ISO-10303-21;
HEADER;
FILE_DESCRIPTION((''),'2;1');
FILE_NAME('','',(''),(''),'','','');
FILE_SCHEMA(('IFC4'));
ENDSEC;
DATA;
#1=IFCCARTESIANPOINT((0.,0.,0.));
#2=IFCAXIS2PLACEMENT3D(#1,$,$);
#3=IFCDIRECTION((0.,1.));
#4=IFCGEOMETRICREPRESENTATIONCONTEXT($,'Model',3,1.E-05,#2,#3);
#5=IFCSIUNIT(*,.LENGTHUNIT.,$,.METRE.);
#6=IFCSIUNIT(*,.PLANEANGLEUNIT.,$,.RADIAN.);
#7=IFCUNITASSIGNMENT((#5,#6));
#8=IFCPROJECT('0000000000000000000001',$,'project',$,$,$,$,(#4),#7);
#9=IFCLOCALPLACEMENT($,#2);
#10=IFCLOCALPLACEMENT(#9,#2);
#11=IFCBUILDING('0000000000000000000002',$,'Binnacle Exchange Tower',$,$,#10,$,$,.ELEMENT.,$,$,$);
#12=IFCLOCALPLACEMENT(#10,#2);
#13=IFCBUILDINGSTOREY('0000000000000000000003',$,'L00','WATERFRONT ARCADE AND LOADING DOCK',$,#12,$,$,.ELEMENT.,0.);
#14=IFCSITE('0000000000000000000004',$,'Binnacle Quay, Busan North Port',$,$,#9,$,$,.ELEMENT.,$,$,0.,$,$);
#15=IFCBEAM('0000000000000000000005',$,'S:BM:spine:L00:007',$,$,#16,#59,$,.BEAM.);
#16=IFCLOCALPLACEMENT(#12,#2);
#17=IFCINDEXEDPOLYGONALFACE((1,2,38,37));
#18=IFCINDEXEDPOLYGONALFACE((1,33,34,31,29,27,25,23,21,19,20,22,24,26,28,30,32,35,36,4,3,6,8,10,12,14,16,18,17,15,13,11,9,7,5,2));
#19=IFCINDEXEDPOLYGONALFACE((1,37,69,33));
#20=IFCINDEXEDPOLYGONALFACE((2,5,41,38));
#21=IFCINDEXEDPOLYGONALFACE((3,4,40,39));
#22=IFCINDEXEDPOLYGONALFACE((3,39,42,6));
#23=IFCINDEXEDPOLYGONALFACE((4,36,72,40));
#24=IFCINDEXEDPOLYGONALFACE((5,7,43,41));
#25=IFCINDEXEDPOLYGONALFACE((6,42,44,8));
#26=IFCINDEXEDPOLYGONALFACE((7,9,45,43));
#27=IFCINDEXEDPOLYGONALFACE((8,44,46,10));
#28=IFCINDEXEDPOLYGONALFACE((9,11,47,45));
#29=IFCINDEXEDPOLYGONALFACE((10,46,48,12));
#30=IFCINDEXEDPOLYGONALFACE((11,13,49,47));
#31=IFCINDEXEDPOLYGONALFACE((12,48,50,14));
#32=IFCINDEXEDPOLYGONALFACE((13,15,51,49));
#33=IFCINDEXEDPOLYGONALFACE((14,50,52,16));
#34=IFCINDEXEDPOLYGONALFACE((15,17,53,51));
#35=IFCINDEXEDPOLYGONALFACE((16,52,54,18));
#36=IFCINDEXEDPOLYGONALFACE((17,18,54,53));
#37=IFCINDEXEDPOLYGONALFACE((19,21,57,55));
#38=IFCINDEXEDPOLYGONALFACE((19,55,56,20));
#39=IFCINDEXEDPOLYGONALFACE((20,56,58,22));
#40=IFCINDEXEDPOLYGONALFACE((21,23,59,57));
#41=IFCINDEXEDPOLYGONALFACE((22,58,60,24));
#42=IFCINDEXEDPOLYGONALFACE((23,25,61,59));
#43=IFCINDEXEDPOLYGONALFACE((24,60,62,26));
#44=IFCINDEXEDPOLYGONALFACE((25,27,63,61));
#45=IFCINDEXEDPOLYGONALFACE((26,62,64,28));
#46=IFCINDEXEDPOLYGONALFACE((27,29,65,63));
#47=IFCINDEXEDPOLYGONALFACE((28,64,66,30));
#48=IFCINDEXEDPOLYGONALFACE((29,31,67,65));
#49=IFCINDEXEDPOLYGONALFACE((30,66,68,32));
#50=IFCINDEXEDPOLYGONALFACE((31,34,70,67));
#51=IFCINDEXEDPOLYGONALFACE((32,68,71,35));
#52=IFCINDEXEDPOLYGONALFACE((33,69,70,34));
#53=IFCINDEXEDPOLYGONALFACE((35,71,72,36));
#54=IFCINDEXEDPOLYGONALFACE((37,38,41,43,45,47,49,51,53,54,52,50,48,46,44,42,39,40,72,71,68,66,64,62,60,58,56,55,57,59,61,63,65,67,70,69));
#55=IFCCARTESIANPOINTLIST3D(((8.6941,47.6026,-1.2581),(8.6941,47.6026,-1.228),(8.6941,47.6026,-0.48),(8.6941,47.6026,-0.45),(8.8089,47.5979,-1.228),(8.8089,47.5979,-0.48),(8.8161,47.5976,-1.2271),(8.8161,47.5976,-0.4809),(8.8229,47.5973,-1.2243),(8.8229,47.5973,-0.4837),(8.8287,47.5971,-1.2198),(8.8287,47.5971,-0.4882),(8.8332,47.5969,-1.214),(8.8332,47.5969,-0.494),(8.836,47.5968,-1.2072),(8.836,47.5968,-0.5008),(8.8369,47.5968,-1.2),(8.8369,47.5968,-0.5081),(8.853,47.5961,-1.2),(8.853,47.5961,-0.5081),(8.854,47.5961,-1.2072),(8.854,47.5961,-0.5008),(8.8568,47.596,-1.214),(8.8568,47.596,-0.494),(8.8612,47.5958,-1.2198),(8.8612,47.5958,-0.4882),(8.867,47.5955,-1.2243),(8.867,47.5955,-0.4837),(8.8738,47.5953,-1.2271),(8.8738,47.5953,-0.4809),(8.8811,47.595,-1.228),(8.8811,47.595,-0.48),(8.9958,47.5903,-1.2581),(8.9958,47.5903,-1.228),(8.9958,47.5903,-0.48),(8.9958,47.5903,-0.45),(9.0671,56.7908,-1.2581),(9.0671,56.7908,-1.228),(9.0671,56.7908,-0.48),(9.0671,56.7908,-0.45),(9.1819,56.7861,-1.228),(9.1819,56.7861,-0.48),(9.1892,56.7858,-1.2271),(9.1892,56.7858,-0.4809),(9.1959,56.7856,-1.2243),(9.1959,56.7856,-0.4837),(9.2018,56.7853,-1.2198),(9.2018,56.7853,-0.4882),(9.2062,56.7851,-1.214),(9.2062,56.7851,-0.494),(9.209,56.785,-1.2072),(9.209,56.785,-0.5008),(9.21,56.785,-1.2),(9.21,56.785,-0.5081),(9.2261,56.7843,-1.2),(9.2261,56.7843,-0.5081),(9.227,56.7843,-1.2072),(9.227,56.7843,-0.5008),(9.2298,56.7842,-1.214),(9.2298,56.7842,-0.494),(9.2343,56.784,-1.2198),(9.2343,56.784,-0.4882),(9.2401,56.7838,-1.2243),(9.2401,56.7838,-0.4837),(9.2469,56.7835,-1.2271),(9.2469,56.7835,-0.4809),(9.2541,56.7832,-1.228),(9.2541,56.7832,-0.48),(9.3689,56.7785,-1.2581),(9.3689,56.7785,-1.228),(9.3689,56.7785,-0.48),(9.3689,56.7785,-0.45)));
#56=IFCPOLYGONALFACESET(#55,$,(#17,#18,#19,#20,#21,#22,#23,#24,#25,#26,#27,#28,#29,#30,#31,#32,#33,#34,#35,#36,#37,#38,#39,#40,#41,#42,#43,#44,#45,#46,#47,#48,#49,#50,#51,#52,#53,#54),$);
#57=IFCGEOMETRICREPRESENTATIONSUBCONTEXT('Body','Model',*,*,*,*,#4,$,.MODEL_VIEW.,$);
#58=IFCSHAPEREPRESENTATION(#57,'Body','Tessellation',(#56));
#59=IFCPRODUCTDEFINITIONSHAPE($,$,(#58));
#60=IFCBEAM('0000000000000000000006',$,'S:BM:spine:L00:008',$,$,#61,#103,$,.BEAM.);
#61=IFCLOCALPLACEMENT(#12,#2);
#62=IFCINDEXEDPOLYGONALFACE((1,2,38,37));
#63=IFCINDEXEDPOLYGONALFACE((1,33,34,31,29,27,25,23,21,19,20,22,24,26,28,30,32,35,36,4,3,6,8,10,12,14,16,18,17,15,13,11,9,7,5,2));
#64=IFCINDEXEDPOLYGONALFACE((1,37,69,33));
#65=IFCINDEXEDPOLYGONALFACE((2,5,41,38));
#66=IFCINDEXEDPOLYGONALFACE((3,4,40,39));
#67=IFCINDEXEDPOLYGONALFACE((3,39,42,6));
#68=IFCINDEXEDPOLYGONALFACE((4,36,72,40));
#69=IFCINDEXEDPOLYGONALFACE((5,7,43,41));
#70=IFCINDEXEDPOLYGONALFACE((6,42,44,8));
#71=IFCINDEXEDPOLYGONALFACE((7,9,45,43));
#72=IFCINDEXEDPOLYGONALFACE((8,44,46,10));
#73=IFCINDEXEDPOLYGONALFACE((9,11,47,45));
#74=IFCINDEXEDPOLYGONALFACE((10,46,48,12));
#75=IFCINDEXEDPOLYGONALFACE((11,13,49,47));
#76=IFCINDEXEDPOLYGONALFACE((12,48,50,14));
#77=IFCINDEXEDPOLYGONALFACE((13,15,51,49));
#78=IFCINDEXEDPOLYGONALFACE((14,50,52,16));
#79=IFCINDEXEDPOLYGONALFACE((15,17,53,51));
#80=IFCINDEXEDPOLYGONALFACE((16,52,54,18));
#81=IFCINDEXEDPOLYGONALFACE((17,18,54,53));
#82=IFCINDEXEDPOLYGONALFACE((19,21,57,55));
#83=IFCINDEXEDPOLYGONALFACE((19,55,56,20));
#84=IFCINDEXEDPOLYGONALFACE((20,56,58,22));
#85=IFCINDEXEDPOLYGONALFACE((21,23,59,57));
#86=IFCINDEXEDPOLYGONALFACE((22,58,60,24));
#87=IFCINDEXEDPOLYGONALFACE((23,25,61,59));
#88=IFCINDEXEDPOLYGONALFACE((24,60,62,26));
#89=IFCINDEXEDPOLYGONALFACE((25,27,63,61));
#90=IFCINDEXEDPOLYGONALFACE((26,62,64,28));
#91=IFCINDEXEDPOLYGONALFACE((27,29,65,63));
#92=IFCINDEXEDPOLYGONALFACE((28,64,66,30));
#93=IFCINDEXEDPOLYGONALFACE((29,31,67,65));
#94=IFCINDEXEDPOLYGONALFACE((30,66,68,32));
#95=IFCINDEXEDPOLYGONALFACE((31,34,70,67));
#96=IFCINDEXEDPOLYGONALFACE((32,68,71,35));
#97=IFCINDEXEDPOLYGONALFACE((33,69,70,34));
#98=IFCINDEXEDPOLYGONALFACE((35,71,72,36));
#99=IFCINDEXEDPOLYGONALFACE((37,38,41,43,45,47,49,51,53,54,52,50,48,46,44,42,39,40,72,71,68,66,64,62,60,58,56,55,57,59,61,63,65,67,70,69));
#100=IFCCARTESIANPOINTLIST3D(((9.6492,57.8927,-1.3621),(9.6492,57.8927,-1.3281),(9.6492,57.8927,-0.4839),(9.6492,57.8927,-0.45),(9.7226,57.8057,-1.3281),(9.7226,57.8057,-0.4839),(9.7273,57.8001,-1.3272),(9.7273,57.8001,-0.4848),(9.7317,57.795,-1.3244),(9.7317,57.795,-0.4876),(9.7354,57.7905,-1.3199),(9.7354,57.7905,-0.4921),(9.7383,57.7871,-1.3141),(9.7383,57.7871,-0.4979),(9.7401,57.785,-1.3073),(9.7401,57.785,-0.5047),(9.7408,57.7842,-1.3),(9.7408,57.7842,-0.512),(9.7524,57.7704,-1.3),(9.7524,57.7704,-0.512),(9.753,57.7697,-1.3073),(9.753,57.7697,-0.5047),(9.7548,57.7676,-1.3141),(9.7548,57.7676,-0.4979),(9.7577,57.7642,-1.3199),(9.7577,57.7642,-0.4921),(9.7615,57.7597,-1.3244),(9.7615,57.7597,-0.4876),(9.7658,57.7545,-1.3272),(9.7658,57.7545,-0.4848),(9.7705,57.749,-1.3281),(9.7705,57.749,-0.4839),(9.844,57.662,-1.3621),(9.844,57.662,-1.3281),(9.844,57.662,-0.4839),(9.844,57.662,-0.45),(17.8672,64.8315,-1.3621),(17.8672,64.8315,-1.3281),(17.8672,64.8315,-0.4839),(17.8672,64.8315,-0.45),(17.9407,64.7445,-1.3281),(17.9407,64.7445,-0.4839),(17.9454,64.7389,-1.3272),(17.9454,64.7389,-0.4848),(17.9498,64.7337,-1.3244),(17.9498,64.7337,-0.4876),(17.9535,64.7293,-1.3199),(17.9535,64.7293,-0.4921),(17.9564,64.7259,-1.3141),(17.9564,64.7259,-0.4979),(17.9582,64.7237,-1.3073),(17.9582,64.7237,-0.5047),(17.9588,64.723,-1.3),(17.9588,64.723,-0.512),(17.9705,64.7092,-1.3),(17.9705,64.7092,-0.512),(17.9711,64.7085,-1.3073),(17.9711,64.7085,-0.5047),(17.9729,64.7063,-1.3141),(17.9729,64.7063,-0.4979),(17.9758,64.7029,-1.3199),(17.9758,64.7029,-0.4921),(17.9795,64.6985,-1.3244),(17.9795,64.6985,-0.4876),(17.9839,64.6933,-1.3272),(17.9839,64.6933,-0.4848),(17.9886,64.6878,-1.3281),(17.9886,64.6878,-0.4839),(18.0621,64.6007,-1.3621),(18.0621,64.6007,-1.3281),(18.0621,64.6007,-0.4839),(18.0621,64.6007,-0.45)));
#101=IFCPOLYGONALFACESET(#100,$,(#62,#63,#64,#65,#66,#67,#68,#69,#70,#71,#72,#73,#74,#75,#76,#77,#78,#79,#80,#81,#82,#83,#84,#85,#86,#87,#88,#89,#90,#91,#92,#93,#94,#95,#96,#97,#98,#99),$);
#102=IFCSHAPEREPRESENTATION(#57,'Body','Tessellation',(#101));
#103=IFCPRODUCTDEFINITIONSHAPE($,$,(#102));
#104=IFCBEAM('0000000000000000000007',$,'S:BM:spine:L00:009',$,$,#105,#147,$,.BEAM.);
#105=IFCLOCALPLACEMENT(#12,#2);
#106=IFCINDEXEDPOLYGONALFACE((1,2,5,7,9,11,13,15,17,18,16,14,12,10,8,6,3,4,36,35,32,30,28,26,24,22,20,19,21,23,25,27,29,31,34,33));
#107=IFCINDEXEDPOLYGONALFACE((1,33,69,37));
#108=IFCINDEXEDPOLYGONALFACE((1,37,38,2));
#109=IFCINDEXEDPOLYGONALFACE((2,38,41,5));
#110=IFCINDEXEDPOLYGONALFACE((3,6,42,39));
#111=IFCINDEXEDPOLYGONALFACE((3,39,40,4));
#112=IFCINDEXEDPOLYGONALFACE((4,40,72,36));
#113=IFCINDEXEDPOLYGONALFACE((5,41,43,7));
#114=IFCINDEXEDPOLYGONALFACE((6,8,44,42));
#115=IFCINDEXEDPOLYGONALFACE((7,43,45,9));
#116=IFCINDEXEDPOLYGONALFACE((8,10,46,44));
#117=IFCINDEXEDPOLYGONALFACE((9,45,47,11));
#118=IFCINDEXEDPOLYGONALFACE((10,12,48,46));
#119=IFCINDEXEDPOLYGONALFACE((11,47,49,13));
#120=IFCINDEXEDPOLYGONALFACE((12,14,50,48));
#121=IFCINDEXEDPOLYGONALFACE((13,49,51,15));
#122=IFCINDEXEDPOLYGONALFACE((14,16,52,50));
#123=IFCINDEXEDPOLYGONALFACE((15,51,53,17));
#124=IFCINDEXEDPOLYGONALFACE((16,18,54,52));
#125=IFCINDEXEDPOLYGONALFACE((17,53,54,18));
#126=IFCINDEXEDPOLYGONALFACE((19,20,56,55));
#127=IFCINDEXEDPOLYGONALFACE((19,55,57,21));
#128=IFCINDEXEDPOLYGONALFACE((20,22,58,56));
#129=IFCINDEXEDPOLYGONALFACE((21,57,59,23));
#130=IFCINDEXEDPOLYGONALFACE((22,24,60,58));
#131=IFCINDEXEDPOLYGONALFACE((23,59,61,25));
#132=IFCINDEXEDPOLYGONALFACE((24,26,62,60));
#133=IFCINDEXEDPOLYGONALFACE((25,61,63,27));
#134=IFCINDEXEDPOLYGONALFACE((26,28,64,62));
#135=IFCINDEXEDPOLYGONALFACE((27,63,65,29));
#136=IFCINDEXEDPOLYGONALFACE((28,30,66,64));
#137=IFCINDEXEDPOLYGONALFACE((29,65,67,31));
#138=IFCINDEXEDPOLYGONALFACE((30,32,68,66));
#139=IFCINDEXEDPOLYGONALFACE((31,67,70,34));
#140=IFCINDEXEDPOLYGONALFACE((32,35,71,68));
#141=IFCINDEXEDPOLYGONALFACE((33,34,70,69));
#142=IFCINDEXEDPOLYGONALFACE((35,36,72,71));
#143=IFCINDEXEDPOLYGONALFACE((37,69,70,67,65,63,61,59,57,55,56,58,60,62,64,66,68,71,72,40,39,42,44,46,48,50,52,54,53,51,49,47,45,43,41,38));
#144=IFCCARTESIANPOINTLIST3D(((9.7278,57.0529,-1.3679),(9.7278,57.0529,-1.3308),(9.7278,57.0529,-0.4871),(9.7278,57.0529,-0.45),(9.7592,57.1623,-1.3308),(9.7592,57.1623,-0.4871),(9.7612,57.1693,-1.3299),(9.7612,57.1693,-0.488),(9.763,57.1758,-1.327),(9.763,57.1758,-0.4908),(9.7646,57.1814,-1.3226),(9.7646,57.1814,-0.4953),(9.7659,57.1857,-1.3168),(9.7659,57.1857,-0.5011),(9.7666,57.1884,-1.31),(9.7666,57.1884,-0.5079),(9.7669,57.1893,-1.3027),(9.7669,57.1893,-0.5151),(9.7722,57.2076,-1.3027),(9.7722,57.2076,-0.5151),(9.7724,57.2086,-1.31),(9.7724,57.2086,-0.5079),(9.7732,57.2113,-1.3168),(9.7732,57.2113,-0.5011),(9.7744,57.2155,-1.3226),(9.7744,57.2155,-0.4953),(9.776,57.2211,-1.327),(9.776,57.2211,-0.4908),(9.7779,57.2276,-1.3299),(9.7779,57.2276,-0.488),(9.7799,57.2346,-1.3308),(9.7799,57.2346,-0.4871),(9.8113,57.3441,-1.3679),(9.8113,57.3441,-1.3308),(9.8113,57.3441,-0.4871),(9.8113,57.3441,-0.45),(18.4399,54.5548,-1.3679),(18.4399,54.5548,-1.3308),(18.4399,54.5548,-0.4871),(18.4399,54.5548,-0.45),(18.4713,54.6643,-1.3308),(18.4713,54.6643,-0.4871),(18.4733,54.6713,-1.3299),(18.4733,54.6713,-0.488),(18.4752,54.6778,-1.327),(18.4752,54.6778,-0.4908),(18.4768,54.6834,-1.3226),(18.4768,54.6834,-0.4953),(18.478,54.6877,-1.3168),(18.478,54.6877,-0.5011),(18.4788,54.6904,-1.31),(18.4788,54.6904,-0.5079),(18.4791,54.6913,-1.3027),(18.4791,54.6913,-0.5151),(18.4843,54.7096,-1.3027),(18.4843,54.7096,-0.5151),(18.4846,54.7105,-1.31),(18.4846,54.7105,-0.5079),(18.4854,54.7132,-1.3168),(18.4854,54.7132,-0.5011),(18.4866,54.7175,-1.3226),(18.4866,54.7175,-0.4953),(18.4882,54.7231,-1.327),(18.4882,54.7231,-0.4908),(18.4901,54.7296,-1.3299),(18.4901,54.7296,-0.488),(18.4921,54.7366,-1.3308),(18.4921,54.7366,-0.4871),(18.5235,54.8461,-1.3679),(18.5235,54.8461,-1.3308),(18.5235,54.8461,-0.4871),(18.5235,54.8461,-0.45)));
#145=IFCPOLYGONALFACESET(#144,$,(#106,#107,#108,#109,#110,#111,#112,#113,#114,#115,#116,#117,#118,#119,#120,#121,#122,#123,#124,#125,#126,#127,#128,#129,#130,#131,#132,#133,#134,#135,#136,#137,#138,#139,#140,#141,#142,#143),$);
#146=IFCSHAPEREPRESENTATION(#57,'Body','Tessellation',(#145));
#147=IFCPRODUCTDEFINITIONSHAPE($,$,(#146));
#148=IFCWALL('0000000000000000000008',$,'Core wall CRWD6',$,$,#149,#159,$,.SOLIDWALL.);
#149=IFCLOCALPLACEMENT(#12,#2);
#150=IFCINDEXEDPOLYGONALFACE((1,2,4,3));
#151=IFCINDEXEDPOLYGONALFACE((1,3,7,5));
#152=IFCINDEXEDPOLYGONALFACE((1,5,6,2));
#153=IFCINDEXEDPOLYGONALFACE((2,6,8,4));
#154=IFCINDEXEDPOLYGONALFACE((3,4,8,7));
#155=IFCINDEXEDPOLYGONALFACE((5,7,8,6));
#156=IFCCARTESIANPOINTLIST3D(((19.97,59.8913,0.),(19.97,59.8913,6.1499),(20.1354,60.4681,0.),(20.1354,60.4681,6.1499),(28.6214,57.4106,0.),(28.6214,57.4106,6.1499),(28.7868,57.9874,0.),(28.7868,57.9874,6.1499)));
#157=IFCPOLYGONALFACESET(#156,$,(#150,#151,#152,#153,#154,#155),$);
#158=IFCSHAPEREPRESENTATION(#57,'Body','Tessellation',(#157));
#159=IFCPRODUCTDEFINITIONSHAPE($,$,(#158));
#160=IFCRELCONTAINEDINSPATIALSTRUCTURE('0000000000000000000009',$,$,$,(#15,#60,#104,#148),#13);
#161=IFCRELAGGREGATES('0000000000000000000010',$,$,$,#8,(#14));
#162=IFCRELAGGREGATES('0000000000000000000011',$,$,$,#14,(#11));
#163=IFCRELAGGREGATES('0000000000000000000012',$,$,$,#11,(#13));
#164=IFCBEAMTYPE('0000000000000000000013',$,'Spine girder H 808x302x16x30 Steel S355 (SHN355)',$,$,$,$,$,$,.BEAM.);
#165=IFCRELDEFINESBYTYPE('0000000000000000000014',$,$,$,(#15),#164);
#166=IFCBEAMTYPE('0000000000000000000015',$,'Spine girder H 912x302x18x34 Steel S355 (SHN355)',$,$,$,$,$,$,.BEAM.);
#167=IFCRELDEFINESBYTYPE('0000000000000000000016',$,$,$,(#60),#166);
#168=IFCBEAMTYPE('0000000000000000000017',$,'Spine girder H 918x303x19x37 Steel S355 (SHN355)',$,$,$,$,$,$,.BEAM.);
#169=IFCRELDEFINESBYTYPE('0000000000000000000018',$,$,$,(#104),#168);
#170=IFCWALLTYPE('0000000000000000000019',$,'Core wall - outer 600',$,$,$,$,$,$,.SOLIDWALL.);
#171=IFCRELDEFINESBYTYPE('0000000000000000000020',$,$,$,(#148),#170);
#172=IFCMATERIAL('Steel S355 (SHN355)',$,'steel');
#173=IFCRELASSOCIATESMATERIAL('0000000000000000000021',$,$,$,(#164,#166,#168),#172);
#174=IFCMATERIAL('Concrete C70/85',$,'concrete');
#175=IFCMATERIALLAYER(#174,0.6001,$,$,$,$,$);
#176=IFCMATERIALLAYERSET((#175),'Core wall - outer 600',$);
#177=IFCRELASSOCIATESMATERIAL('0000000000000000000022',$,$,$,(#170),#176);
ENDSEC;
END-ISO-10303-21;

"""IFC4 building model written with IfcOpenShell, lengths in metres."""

from ifc_helpers import new_model, si_unit, direction, frame, frame_2d, origin, origin_2d, place, context, subcontext, project, spatial, rectangle, i_section, extrude, material, layer, layer_set, material_profile, profile_set, type_object, element, save


model = new_model("IFC4")

# Units and contexts
model_context = context("Model", 3, precision=1e-05, world=origin(), true_north=direction((0.0, 1.0)))
body_context = subcontext(model_context, "Body", "Model", "MODEL_VIEW")
ifc_project = project(units=[si_unit("LENGTHUNIT", "METRE"), si_unit("PLANEANGLEUNIT", "RADIAN")], contexts=[model_context])

# Site, building, storey
site_placement = place(None, origin())
site = spatial("IfcSite", under=ifc_project, at=site_placement, Name="Binnacle Quay, Busan North Port", CompositionType="ELEMENT", RefElevation=0.0)
building_placement = place(site_placement, origin())
building = spatial("IfcBuilding", under=site, at=building_placement, Name="Binnacle Exchange Tower", CompositionType="ELEMENT")
storey_placement = place(building_placement, origin())
storey = spatial("IfcBuildingStorey", under=building, at=storey_placement, Name="L00", Description="WATERFRONT ARCADE AND LOADING DOCK", CompositionType="ELEMENT", Elevation=0.0)

# Shared definitions
ifc_material_1 = material(Name="Concrete C70/85", Category="concrete")

# Beams
ifc_material_2 = material(Name="Steel S355 (SHN355)", Category="steel")
ifc_material_profile_1 = material_profile(ifc_material_2, i_section(OverallWidth=0.302, OverallDepth=0.8081, WebThickness=0.0161, FlangeThickness=0.03, FilletRadius=0.0281, at=origin_2d()), Name="H 808x302x16x30")
ifc_profile_set_1 = profile_set([ifc_material_profile_1], Name="Steel S355 (SHN355)")
beam_type_1 = type_object("IfcBeamType", Name="Spine girder H 808x302x16x30 Steel S355 (SHN355)", PredefinedType="BEAM", material=ifc_profile_set_1)
beam_1_placement = place(storey_placement, frame((9.218, 56.7847, -0.854), z_axis=(-0.040567, -0.999177, 0.0), x_axis=(0.999177, -0.040567, 0.0)))
element("IfcBeam", 1, at=beam_1_placement, inside=storey, type_object=beam_type_1, Name="S:BM:spine:L00:007", PredefinedType="BEAM", context=body_context, shape_type="SweptSolid", body=[
    extrude(i_section(OverallWidth=0.302, OverallDepth=0.8081, WebThickness=0.0161, FlangeThickness=0.03, FilletRadius=0.0281, at=origin_2d()), origin(), (0.0, 0.0, 1.0), 9.1958),
])
ifc_material_profile_2 = material_profile(ifc_material_2, i_section(OverallWidth=0.302, OverallDepth=0.9121, WebThickness=0.0181, FlangeThickness=0.0339, FilletRadius=0.0281, at=origin_2d()), Name="H 912x302x18x34")
ifc_profile_set_2 = profile_set([ifc_material_profile_2], Name="Steel S355 (SHN355)")
beam_type_2 = type_object("IfcBeamType", Name="Spine girder H 912x302x18x34 Steel S355 (SHN355)", PredefinedType="BEAM", material=ifc_profile_set_2)
beam_2_placement = place(storey_placement, frame((9.7466, 57.7773, -0.906), z_axis=(0.764073, 0.64513, 0.0), x_axis=(-0.64513, 0.764073, 0.0)))
element("IfcBeam", 2, at=beam_2_placement, inside=storey, type_object=beam_type_2, Name="S:BM:spine:L00:008", PredefinedType="BEAM", context=body_context, shape_type="SweptSolid", body=[
    extrude(i_section(OverallWidth=0.302, OverallDepth=0.9121, WebThickness=0.0181, FlangeThickness=0.0339, FilletRadius=0.0281, at=origin_2d()), origin(), (0.0, 0.0, 1.0), 10.7556),
])
ifc_material_profile_3 = material_profile(ifc_material_2, i_section(OverallWidth=0.303, OverallDepth=0.918, WebThickness=0.019, FlangeThickness=0.0371, FilletRadius=0.0281, at=origin_2d()), Name="H 918x303x19x37")
ifc_profile_set_3 = profile_set([ifc_material_profile_3], Name="Steel S355 (SHN355)")
beam_type_3 = type_object("IfcBeamType", Name="Spine girder H 918x303x19x37 Steel S355 (SHN355)", PredefinedType="BEAM", material=ifc_profile_set_3)
beam_3_placement = place(storey_placement, frame((9.7695, 57.1985, -0.9089), z_axis=(0.961265, -0.275625, 0.0), x_axis=(0.275625, 0.961265, 0.0)))
element("IfcBeam", 3, at=beam_3_placement, inside=storey, type_object=beam_type_3, Name="S:BM:spine:L00:009", PredefinedType="BEAM", context=body_context, shape_type="SweptSolid", body=[
    extrude(i_section(OverallWidth=0.303, OverallDepth=0.918, WebThickness=0.019, FlangeThickness=0.0371, FilletRadius=0.0281, at=origin_2d()), origin(), (0.0, 0.0, 1.0), 9.0632),
])

# Wall
ifc_layer_1 = layer(ifc_material_1, 0.6001)
ifc_layer_set_1 = layer_set([ifc_layer_1], Name="Core wall - outer 600")
wall_type_1 = type_object("IfcWallType", Name="Core wall - outer 600", PredefinedType="SOLIDWALL", material=ifc_layer_set_1)
wall_1_placement = place(storey_placement, frame((20.0527, 60.1797, 0.0), z_axis=(0.0, 0.0, 1.0), x_axis=(0.961262, -0.275635, 0.0)))
element("IfcWall", 4, at=wall_1_placement, inside=storey, type_object=wall_type_1, Name="Core wall CRWD6", PredefinedType="SOLIDWALL", context=body_context, shape_type="SweptSolid", body=[
    extrude(rectangle(XDim=9.0, YDim=0.6001, at=frame_2d((4.5, 0.0))), origin(), (0.0, 0.0, 1.0), 6.1499),
])

save(model, "model.ifc")
